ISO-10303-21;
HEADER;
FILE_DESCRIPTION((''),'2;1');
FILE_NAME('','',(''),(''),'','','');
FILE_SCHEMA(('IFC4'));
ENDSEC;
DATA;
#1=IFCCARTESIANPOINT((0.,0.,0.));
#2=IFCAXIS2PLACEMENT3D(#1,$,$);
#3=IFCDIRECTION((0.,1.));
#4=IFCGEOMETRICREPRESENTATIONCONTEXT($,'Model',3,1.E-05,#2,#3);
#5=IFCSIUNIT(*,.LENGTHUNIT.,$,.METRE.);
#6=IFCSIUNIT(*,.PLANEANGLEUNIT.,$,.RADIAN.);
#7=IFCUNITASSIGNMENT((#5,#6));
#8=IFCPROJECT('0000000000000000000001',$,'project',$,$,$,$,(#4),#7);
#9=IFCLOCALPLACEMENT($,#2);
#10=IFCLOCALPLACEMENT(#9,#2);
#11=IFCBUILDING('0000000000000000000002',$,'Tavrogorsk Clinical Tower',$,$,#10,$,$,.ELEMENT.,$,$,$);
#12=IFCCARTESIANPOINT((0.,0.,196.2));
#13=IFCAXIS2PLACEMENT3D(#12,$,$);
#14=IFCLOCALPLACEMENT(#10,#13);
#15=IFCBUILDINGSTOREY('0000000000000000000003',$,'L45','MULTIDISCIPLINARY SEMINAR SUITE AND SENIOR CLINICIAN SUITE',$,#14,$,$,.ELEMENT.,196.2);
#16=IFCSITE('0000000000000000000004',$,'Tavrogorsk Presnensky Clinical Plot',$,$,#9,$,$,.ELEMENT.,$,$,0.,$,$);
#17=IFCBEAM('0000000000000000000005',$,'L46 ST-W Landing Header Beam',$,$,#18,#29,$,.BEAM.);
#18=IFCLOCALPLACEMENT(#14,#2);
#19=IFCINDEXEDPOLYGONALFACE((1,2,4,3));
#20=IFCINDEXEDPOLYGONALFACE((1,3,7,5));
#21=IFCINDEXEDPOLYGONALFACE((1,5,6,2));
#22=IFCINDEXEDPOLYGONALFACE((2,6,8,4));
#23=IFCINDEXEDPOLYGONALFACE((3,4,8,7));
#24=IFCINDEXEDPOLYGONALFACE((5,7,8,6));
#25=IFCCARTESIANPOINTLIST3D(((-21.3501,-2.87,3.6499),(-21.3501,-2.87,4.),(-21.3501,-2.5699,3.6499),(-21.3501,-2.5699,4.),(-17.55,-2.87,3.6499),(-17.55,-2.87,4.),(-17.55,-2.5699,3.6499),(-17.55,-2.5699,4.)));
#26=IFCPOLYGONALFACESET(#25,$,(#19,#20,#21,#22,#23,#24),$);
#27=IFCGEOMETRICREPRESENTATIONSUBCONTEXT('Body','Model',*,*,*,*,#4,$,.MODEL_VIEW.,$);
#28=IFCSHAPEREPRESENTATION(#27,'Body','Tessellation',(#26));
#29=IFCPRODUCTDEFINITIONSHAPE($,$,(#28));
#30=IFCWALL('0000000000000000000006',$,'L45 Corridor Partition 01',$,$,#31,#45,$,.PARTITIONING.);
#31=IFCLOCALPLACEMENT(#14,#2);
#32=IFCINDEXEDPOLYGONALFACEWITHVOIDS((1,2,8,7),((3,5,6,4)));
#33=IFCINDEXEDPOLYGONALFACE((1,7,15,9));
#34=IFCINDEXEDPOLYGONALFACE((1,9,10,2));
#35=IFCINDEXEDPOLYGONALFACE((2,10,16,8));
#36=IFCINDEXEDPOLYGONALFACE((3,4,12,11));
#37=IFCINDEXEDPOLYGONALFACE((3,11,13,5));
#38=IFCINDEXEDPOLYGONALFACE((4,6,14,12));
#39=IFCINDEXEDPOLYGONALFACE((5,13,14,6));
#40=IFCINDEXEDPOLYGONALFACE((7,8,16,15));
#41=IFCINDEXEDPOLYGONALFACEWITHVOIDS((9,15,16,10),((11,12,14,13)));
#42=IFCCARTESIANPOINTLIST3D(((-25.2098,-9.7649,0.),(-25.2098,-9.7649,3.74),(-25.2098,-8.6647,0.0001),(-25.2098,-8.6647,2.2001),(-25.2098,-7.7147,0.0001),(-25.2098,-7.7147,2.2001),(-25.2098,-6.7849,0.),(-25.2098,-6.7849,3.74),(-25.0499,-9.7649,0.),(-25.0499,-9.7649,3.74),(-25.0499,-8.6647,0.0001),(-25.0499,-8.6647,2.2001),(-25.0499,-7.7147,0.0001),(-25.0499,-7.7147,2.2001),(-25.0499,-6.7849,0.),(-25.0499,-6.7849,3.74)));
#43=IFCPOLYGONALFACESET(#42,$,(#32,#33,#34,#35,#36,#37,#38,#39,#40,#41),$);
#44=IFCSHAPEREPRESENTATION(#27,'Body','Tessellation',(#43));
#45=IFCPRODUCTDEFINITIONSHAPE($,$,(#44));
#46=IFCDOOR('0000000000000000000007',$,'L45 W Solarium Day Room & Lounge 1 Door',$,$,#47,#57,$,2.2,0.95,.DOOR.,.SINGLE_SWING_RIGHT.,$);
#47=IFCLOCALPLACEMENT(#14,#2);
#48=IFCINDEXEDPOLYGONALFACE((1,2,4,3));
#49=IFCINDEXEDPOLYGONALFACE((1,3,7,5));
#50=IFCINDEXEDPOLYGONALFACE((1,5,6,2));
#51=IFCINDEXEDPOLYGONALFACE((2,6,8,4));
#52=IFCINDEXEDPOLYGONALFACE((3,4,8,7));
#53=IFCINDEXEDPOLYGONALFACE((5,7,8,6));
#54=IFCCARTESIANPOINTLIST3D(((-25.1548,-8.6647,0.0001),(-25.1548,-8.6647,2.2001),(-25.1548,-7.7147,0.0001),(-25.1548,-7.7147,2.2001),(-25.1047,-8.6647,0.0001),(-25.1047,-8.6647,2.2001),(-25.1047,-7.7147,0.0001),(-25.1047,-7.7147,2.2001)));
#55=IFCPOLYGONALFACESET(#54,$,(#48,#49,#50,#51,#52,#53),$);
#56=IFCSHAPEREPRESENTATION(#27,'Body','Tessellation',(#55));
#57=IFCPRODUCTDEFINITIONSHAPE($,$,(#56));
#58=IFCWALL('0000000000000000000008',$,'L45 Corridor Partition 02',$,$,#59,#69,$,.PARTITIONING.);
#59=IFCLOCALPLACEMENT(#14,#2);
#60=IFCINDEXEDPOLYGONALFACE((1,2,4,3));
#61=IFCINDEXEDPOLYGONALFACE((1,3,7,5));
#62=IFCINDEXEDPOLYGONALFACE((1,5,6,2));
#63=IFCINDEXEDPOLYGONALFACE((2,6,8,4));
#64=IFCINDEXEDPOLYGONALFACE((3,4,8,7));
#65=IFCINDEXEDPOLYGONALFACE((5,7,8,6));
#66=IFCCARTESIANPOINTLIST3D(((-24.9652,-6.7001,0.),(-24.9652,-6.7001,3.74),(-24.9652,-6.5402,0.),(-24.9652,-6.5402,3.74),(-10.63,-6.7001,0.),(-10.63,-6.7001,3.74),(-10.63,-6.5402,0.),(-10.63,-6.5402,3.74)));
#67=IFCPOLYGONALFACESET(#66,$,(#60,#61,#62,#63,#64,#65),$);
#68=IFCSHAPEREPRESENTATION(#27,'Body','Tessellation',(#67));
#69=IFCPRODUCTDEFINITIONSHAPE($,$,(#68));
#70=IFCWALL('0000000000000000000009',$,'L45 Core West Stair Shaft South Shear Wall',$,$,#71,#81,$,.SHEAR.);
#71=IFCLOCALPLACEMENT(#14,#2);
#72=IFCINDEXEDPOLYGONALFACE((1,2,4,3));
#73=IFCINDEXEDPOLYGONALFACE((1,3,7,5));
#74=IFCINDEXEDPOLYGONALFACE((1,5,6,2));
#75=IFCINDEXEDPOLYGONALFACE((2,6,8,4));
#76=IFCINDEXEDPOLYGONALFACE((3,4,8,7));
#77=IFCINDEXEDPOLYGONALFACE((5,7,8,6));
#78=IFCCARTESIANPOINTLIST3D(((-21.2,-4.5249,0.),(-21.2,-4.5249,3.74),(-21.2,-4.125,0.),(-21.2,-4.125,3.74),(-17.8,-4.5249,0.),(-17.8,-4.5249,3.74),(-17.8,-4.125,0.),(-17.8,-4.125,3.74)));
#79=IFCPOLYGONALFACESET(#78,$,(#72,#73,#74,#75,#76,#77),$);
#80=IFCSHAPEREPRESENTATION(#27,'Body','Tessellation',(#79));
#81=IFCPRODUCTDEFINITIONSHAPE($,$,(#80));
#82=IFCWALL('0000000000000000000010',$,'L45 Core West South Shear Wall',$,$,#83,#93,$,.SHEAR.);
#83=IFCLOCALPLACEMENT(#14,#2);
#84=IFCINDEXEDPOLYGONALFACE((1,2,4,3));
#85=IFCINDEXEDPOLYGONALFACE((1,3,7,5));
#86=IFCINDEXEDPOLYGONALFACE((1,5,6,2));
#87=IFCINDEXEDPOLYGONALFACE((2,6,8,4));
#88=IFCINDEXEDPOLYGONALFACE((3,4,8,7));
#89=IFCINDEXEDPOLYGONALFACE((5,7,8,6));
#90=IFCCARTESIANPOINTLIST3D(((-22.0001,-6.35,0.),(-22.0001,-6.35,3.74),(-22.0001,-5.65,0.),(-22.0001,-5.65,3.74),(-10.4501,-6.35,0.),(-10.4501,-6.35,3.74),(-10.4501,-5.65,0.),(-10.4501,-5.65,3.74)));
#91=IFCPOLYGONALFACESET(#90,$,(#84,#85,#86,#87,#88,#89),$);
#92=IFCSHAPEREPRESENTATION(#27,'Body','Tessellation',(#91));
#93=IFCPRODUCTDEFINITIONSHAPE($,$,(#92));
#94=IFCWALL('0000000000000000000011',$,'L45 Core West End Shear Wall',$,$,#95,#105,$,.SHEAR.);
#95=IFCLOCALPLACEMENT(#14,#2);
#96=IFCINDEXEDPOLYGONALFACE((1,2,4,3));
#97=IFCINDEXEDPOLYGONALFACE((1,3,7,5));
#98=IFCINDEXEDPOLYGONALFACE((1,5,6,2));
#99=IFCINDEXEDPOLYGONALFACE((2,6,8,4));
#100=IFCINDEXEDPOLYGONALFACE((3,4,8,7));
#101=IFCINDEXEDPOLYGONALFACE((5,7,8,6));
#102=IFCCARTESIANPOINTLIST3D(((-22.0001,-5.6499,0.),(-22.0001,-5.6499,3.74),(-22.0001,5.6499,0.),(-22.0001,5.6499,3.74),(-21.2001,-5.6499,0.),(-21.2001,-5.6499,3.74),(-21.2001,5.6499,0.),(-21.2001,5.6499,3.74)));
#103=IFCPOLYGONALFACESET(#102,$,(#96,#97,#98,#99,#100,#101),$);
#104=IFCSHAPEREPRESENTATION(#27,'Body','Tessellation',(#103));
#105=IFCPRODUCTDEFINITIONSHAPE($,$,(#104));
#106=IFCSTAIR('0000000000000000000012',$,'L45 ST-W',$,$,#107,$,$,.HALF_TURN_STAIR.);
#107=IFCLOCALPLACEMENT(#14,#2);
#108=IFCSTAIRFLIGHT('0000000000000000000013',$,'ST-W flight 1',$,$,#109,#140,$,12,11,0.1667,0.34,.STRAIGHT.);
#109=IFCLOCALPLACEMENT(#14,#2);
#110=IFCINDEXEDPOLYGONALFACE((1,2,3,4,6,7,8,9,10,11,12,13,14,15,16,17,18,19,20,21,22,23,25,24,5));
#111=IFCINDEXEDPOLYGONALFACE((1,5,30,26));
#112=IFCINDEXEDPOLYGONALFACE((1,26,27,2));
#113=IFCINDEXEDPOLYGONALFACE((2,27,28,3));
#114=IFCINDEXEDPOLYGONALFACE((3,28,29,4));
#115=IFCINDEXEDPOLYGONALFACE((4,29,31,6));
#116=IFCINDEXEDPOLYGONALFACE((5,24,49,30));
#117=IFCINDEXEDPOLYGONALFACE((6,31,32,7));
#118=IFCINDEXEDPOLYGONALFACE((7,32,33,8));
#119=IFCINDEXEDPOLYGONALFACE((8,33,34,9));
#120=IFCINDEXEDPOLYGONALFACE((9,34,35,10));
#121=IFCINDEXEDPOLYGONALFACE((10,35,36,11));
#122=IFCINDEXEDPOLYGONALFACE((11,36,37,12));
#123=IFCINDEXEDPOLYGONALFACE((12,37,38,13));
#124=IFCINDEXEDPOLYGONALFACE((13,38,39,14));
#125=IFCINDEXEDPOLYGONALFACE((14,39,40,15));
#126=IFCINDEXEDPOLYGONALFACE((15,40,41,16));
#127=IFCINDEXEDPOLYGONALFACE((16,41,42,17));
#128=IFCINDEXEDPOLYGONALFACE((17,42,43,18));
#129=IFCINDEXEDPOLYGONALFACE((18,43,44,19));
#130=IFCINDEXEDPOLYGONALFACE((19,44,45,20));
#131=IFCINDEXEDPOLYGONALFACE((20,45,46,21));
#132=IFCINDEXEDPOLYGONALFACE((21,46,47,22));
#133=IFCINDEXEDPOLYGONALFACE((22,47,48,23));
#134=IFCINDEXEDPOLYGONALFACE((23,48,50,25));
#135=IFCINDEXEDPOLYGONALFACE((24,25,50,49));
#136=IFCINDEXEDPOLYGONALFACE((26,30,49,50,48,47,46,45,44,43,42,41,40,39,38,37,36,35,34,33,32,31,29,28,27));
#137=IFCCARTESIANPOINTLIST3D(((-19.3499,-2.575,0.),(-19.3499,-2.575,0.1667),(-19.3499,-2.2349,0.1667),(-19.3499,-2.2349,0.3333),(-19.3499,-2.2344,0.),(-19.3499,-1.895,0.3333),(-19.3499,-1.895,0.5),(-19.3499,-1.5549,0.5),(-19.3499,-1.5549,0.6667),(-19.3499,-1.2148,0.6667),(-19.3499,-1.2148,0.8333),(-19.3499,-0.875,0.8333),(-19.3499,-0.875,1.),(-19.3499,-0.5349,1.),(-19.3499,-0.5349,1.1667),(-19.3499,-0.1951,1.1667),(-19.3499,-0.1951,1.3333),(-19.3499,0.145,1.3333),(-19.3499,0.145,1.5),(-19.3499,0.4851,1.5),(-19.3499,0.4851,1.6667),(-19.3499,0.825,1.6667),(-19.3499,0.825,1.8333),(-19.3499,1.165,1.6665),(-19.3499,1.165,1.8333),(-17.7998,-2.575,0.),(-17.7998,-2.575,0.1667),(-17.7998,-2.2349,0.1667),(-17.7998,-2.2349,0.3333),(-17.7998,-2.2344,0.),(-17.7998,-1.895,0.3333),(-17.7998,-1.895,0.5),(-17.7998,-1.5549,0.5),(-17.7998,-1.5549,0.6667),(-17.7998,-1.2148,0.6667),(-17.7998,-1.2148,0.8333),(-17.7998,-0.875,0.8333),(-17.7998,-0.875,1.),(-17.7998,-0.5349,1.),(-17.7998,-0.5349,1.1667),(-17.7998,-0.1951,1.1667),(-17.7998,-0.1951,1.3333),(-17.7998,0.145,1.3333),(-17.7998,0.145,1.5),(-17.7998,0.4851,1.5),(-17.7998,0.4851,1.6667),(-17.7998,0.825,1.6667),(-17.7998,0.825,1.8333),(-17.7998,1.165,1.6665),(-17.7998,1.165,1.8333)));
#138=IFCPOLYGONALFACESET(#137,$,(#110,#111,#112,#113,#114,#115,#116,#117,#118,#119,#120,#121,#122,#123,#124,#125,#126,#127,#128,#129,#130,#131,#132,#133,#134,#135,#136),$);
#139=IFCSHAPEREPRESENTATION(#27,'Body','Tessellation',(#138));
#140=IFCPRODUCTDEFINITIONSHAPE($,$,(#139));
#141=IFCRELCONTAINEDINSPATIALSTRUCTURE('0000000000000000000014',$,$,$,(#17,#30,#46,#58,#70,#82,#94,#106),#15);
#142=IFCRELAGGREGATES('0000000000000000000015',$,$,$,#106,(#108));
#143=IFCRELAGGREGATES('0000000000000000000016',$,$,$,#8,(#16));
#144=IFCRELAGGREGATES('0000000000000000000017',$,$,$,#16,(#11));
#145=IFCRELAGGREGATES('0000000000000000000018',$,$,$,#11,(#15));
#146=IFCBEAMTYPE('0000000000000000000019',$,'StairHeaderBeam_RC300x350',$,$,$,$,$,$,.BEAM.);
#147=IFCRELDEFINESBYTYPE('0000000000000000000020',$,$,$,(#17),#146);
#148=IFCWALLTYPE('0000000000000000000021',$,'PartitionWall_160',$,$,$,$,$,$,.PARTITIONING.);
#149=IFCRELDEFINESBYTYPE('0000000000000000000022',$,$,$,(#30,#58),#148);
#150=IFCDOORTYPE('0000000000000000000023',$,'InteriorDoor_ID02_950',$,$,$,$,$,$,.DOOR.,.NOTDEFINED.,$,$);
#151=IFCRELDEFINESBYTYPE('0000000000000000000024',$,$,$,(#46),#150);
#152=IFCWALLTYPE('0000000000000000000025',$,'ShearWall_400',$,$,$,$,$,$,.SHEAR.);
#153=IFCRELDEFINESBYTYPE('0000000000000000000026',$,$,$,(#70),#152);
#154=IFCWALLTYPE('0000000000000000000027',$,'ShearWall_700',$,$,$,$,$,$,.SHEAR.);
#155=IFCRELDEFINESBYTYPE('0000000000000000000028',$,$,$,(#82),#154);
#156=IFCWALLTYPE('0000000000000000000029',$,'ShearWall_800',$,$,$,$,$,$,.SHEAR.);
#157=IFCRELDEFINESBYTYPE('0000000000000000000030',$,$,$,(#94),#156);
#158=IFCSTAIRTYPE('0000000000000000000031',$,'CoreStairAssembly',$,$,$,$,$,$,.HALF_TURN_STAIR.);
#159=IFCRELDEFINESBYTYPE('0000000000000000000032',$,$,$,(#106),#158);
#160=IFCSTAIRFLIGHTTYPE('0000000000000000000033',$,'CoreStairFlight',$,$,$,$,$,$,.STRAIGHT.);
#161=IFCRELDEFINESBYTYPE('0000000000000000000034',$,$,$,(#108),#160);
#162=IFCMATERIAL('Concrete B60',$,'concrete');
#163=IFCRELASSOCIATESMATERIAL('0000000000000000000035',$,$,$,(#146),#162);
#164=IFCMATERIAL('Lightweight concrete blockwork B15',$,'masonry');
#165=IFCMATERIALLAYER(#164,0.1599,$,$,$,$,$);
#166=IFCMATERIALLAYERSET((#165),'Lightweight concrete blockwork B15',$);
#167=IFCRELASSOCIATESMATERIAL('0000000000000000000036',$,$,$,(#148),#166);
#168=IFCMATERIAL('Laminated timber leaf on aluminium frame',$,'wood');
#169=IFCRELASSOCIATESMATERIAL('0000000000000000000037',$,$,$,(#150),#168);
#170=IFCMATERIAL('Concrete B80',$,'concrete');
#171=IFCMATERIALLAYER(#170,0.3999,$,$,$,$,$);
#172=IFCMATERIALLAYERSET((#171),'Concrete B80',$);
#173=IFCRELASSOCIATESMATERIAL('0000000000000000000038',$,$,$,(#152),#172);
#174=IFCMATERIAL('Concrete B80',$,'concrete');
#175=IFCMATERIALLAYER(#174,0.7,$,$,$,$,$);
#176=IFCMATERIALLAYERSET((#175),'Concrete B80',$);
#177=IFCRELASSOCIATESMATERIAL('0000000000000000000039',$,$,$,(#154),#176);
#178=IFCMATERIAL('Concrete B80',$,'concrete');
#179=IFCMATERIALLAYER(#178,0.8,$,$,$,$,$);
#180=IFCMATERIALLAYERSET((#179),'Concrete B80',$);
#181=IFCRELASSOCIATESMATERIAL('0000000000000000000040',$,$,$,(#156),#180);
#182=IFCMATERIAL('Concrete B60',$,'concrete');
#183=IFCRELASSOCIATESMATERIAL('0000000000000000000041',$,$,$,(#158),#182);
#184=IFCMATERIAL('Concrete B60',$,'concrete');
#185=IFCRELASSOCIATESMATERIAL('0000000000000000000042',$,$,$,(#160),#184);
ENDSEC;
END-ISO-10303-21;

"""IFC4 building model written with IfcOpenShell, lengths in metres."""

from ifc_helpers import new_model, si_unit, direction, frame, frame_2d, origin, origin_2d, place, context, subcontext, project, spatial, polyline, rectangle, outline, extrude, material, layer, layer_set, material_profile, profile_set, type_object, element, fill, aggregate, save


model = new_model("IFC4")

# Units and contexts
model_context = context("Model", 3, precision=1e-05, world=origin(), true_north=direction((0.0, 1.0)))
body_context = subcontext(model_context, "Body", "Model", "MODEL_VIEW")
ifc_project = project(units=[si_unit("LENGTHUNIT", "METRE"), si_unit("PLANEANGLEUNIT", "RADIAN")], contexts=[model_context])

# Site, building, storey
site_placement = place(None, origin())
site = spatial("IfcSite", under=ifc_project, at=site_placement, Name="Tavrogorsk Presnensky Clinical Plot", CompositionType="ELEMENT", RefElevation=0.0)
building_placement = place(site_placement, origin())
building = spatial("IfcBuilding", under=site, at=building_placement, Name="Tavrogorsk Clinical Tower", CompositionType="ELEMENT")
storey_placement = place(building_placement, frame((0.0, 0.0, 196.2)))
storey = spatial("IfcBuildingStorey", under=building, at=storey_placement, Name="L45", Description="MULTIDISCIPLINARY SEMINAR SUITE AND SENIOR CLINICIAN SUITE", CompositionType="ELEMENT", Elevation=196.2)

# Beam
ifc_material_1 = material(Name="Concrete B60", Category="concrete")
ifc_material_profile_1 = material_profile(ifc_material_1, rectangle(XDim=0.3, YDim=0.3501, at=origin_2d()), Name="RC-SHB-300x350")
ifc_profile_set_1 = profile_set([ifc_material_profile_1], Name="Concrete B60")
beam_type_1 = type_object("IfcBeamType", Name="StairHeaderBeam_RC300x350", PredefinedType="BEAM", material=ifc_profile_set_1)
beam_1_placement = place(storey_placement, frame((-21.3501, -2.72, 3.825), z_axis=(1.0, 0.0, 0.0), x_axis=(0.0, 1.0, 0.0)))
element("IfcBeam", 1, at=beam_1_placement, inside=storey, type_object=beam_type_1, Name="L46 ST-W Landing Header Beam", PredefinedType="BEAM", context=body_context, shape_type="SweptSolid", body=[
    extrude(rectangle(XDim=0.3, YDim=0.3501, at=origin_2d()), origin(), (0.0, 0.0, 1.0), 3.8),
])

# Wall, opening, door
ifc_material_2 = material(Name="Lightweight concrete blockwork B15", Category="masonry")
ifc_layer_1 = layer(ifc_material_2, 0.1599)
ifc_layer_set_1 = layer_set([ifc_layer_1], Name="Lightweight concrete blockwork B15")
wall_type_1 = type_object("IfcWallType", Name="PartitionWall_160", PredefinedType="PARTITIONING", material=ifc_layer_set_1)
wall_1_placement = place(storey_placement, frame((-25.1299, -9.7649, 0.0), z_axis=(0.0, 0.0, 1.0), x_axis=(0.0, 1.0, 0.0)))
wall_1 = element("IfcWall", 2, at=wall_1_placement, inside=storey, type_object=wall_type_1, Name="L45 Corridor Partition 01", PredefinedType="PARTITIONING", context=body_context, shape_type="SweptSolid", body=[
    extrude(rectangle(XDim=2.98, YDim=0.1599, at=frame_2d((1.49, 0.0))), origin(), (0.0, 0.0, 1.0), 3.74),
])
opening_placement = place(wall_1_placement, frame((1.1001, 0.0, 0.0)))
opening = element("IfcOpeningElement", 3, at=opening_placement, cuts=wall_1, PredefinedType="OPENING", context=body_context, shape_type="SweptSolid", body=[
    extrude(rectangle(XDim=0.95, YDim=2.2, at=frame_2d((0.4751, 1.1001))), frame((0.0, 0.0898, 0.0), z_axis=(0.0, -1.0, 0.0), x_axis=(1.0, 0.0, 0.0)), (0.0, 0.0, 1.0), 0.1799),
])
ifc_material_3 = material(Name="Laminated timber leaf on aluminium frame", Category="wood")
door_type = type_object("IfcDoorType", Name="InteriorDoor_ID02_950", OperationType="NOTDEFINED", PredefinedType="DOOR", material=ifc_material_3)
door_placement = place(opening_placement, origin())
door = element("IfcDoor", 4, at=door_placement, inside=storey, type_object=door_type, Name="L45 W Solarium Day Room & Lounge 1 Door", OperationType="SINGLE_SWING_RIGHT", OverallHeight=2.2, OverallWidth=0.95, PredefinedType="DOOR", context=body_context, shape_type="SweptSolid", body=[
    extrude(rectangle(XDim=0.95, YDim=2.2, at=frame_2d((0.4751, 1.1001))), frame((0.0, 0.0249, 0.0), z_axis=(0.0, -1.0, 0.0), x_axis=(1.0, 0.0, 0.0)), (0.0, 0.0, 1.0), 0.05),
])
fill(opening, door)

# Walls
wall_2_placement = place(storey_placement, frame((-24.9651, -6.6201, 0.0), z_axis=(0.0, 0.0, 1.0), x_axis=(1.0, 0.0, 0.0)))
element("IfcWall", 5, at=wall_2_placement, inside=storey, type_object=wall_type_1, Name="L45 Corridor Partition 02", PredefinedType="PARTITIONING", context=body_context, shape_type="SweptSolid", body=[
    extrude(rectangle(XDim=14.3352, YDim=0.1599, at=frame_2d((7.1675, 0.0))), origin(), (0.0, 0.0, 1.0), 3.74),
])
ifc_material_4 = material(Name="Concrete B80", Category="concrete")
ifc_layer_2 = layer(ifc_material_4, 0.3999)
ifc_layer_set_2 = layer_set([ifc_layer_2], Name="Concrete B80")
wall_type_2 = type_object("IfcWallType", Name="ShearWall_400", PredefinedType="SHEAR", material=ifc_layer_set_2)
wall_3_placement = place(storey_placement, frame((-21.2, -4.325, 0.0), z_axis=(0.0, 0.0, 1.0), x_axis=(1.0, 0.0, 0.0)))
element("IfcWall", 6, at=wall_3_placement, inside=storey, type_object=wall_type_2, Name="L45 Core West Stair Shaft South Shear Wall", PredefinedType="SHEAR", context=body_context, shape_type="SweptSolid", body=[
    extrude(rectangle(XDim=3.3999, YDim=0.3999, at=frame_2d((1.7, 0.0))), origin(), (0.0, 0.0, 1.0), 3.74),
])
ifc_material_5 = material(Name="Concrete B80", Category="concrete")
ifc_layer_3 = layer(ifc_material_5, 0.7)
ifc_layer_set_3 = layer_set([ifc_layer_3], Name="Concrete B80")
wall_type_3 = type_object("IfcWallType", Name="ShearWall_700", PredefinedType="SHEAR", material=ifc_layer_set_3)
wall_4_placement = place(storey_placement, frame((-22.0, -6.0, 0.0), z_axis=(0.0, 0.0, 1.0), x_axis=(1.0, 0.0, 0.0)))
element("IfcWall", 7, at=wall_4_placement, inside=storey, type_object=wall_type_3, Name="L45 Core West South Shear Wall", PredefinedType="SHEAR", context=body_context, shape_type="SweptSolid", body=[
    extrude(rectangle(XDim=11.55, YDim=0.7, at=frame_2d((5.7749, 0.0))), origin(), (0.0, 0.0, 1.0), 3.74),
])
ifc_material_6 = material(Name="Concrete B80", Category="concrete")
ifc_layer_4 = layer(ifc_material_6, 0.8)
ifc_layer_set_4 = layer_set([ifc_layer_4], Name="Concrete B80")
wall_type_4 = type_object("IfcWallType", Name="ShearWall_800", PredefinedType="SHEAR", material=ifc_layer_set_4)
wall_5_placement = place(storey_placement, frame((-21.6001, -5.6499, 0.0), z_axis=(0.0, 0.0, 1.0), x_axis=(0.0, 1.0, 0.0)))
element("IfcWall", 8, at=wall_5_placement, inside=storey, type_object=wall_type_4, Name="L45 Core West End Shear Wall", PredefinedType="SHEAR", context=body_context, shape_type="SweptSolid", body=[
    extrude(rectangle(XDim=11.2998, YDim=0.8, at=frame_2d((5.6499, 0.0))), origin(), (0.0, 0.0, 1.0), 3.74),
])

# Stair, stair flight
ifc_material_7 = material(Name="Concrete B60", Category="concrete")
stair_type = type_object("IfcStairType", Name="CoreStairAssembly", PredefinedType="HALF_TURN_STAIR", material=ifc_material_7)
stair_placement = place(storey_placement, origin())
stair = element("IfcStair", 9, at=stair_placement, inside=storey, type_object=stair_type, Name="L45 ST-W", PredefinedType="HALF_TURN_STAIR")
ifc_material_8 = material(Name="Concrete B60", Category="concrete")
stair_flight_type = type_object("IfcStairFlightType", Name="CoreStairFlight", PredefinedType="STRAIGHT", material=ifc_material_8)
stair_flight_placement = place(storey_placement, frame((-18.575, -2.575, 0.0), z_axis=(0.0, 0.0, 1.0), x_axis=(0.0, 1.0, 0.0)))
stair_flight = element("IfcStairFlight", 10, at=stair_flight_placement, type_object=stair_flight_type, Name="ST-W flight 1", NumberOfRisers=12, NumberOfTreads=11, PredefinedType="STRAIGHT", RiserHeight=0.1667, TreadLength=0.34, context=body_context, shape_type="SweptSolid", body=[
    extrude(outline(polyline([(0.0, 0.0), (0.0, 0.1667), (0.3401, 0.1667), (0.3401, 0.3333), (0.6799, 0.3333), (0.6799, 0.5), (1.02, 0.5), (1.02, 0.6667), (1.3601, 0.6667), (1.3601, 0.8333), (1.7, 0.8333), (1.7, 1.0), (2.04, 1.0), (2.04, 1.1667), (2.3799, 1.1667), (2.3799, 1.3333), (2.72, 1.3333), (2.72, 1.5), (3.0601, 1.5), (3.0601, 1.6667), (3.3999, 1.6667), (3.3999, 1.8333), (3.74, 1.8333), (3.74, 2.0), (3.74, 1.6665), (0.3406, 0.0), (0.0, 0.0)])), frame((0.0, 0.7749, 0.0), z_axis=(0.0, -1.0, 0.0), x_axis=(1.0, 0.0, 0.0)), (0.0, 0.0, 1.0), 1.55),
])
aggregate(stair, [stair_flight])

save(model, "model.ifc")
